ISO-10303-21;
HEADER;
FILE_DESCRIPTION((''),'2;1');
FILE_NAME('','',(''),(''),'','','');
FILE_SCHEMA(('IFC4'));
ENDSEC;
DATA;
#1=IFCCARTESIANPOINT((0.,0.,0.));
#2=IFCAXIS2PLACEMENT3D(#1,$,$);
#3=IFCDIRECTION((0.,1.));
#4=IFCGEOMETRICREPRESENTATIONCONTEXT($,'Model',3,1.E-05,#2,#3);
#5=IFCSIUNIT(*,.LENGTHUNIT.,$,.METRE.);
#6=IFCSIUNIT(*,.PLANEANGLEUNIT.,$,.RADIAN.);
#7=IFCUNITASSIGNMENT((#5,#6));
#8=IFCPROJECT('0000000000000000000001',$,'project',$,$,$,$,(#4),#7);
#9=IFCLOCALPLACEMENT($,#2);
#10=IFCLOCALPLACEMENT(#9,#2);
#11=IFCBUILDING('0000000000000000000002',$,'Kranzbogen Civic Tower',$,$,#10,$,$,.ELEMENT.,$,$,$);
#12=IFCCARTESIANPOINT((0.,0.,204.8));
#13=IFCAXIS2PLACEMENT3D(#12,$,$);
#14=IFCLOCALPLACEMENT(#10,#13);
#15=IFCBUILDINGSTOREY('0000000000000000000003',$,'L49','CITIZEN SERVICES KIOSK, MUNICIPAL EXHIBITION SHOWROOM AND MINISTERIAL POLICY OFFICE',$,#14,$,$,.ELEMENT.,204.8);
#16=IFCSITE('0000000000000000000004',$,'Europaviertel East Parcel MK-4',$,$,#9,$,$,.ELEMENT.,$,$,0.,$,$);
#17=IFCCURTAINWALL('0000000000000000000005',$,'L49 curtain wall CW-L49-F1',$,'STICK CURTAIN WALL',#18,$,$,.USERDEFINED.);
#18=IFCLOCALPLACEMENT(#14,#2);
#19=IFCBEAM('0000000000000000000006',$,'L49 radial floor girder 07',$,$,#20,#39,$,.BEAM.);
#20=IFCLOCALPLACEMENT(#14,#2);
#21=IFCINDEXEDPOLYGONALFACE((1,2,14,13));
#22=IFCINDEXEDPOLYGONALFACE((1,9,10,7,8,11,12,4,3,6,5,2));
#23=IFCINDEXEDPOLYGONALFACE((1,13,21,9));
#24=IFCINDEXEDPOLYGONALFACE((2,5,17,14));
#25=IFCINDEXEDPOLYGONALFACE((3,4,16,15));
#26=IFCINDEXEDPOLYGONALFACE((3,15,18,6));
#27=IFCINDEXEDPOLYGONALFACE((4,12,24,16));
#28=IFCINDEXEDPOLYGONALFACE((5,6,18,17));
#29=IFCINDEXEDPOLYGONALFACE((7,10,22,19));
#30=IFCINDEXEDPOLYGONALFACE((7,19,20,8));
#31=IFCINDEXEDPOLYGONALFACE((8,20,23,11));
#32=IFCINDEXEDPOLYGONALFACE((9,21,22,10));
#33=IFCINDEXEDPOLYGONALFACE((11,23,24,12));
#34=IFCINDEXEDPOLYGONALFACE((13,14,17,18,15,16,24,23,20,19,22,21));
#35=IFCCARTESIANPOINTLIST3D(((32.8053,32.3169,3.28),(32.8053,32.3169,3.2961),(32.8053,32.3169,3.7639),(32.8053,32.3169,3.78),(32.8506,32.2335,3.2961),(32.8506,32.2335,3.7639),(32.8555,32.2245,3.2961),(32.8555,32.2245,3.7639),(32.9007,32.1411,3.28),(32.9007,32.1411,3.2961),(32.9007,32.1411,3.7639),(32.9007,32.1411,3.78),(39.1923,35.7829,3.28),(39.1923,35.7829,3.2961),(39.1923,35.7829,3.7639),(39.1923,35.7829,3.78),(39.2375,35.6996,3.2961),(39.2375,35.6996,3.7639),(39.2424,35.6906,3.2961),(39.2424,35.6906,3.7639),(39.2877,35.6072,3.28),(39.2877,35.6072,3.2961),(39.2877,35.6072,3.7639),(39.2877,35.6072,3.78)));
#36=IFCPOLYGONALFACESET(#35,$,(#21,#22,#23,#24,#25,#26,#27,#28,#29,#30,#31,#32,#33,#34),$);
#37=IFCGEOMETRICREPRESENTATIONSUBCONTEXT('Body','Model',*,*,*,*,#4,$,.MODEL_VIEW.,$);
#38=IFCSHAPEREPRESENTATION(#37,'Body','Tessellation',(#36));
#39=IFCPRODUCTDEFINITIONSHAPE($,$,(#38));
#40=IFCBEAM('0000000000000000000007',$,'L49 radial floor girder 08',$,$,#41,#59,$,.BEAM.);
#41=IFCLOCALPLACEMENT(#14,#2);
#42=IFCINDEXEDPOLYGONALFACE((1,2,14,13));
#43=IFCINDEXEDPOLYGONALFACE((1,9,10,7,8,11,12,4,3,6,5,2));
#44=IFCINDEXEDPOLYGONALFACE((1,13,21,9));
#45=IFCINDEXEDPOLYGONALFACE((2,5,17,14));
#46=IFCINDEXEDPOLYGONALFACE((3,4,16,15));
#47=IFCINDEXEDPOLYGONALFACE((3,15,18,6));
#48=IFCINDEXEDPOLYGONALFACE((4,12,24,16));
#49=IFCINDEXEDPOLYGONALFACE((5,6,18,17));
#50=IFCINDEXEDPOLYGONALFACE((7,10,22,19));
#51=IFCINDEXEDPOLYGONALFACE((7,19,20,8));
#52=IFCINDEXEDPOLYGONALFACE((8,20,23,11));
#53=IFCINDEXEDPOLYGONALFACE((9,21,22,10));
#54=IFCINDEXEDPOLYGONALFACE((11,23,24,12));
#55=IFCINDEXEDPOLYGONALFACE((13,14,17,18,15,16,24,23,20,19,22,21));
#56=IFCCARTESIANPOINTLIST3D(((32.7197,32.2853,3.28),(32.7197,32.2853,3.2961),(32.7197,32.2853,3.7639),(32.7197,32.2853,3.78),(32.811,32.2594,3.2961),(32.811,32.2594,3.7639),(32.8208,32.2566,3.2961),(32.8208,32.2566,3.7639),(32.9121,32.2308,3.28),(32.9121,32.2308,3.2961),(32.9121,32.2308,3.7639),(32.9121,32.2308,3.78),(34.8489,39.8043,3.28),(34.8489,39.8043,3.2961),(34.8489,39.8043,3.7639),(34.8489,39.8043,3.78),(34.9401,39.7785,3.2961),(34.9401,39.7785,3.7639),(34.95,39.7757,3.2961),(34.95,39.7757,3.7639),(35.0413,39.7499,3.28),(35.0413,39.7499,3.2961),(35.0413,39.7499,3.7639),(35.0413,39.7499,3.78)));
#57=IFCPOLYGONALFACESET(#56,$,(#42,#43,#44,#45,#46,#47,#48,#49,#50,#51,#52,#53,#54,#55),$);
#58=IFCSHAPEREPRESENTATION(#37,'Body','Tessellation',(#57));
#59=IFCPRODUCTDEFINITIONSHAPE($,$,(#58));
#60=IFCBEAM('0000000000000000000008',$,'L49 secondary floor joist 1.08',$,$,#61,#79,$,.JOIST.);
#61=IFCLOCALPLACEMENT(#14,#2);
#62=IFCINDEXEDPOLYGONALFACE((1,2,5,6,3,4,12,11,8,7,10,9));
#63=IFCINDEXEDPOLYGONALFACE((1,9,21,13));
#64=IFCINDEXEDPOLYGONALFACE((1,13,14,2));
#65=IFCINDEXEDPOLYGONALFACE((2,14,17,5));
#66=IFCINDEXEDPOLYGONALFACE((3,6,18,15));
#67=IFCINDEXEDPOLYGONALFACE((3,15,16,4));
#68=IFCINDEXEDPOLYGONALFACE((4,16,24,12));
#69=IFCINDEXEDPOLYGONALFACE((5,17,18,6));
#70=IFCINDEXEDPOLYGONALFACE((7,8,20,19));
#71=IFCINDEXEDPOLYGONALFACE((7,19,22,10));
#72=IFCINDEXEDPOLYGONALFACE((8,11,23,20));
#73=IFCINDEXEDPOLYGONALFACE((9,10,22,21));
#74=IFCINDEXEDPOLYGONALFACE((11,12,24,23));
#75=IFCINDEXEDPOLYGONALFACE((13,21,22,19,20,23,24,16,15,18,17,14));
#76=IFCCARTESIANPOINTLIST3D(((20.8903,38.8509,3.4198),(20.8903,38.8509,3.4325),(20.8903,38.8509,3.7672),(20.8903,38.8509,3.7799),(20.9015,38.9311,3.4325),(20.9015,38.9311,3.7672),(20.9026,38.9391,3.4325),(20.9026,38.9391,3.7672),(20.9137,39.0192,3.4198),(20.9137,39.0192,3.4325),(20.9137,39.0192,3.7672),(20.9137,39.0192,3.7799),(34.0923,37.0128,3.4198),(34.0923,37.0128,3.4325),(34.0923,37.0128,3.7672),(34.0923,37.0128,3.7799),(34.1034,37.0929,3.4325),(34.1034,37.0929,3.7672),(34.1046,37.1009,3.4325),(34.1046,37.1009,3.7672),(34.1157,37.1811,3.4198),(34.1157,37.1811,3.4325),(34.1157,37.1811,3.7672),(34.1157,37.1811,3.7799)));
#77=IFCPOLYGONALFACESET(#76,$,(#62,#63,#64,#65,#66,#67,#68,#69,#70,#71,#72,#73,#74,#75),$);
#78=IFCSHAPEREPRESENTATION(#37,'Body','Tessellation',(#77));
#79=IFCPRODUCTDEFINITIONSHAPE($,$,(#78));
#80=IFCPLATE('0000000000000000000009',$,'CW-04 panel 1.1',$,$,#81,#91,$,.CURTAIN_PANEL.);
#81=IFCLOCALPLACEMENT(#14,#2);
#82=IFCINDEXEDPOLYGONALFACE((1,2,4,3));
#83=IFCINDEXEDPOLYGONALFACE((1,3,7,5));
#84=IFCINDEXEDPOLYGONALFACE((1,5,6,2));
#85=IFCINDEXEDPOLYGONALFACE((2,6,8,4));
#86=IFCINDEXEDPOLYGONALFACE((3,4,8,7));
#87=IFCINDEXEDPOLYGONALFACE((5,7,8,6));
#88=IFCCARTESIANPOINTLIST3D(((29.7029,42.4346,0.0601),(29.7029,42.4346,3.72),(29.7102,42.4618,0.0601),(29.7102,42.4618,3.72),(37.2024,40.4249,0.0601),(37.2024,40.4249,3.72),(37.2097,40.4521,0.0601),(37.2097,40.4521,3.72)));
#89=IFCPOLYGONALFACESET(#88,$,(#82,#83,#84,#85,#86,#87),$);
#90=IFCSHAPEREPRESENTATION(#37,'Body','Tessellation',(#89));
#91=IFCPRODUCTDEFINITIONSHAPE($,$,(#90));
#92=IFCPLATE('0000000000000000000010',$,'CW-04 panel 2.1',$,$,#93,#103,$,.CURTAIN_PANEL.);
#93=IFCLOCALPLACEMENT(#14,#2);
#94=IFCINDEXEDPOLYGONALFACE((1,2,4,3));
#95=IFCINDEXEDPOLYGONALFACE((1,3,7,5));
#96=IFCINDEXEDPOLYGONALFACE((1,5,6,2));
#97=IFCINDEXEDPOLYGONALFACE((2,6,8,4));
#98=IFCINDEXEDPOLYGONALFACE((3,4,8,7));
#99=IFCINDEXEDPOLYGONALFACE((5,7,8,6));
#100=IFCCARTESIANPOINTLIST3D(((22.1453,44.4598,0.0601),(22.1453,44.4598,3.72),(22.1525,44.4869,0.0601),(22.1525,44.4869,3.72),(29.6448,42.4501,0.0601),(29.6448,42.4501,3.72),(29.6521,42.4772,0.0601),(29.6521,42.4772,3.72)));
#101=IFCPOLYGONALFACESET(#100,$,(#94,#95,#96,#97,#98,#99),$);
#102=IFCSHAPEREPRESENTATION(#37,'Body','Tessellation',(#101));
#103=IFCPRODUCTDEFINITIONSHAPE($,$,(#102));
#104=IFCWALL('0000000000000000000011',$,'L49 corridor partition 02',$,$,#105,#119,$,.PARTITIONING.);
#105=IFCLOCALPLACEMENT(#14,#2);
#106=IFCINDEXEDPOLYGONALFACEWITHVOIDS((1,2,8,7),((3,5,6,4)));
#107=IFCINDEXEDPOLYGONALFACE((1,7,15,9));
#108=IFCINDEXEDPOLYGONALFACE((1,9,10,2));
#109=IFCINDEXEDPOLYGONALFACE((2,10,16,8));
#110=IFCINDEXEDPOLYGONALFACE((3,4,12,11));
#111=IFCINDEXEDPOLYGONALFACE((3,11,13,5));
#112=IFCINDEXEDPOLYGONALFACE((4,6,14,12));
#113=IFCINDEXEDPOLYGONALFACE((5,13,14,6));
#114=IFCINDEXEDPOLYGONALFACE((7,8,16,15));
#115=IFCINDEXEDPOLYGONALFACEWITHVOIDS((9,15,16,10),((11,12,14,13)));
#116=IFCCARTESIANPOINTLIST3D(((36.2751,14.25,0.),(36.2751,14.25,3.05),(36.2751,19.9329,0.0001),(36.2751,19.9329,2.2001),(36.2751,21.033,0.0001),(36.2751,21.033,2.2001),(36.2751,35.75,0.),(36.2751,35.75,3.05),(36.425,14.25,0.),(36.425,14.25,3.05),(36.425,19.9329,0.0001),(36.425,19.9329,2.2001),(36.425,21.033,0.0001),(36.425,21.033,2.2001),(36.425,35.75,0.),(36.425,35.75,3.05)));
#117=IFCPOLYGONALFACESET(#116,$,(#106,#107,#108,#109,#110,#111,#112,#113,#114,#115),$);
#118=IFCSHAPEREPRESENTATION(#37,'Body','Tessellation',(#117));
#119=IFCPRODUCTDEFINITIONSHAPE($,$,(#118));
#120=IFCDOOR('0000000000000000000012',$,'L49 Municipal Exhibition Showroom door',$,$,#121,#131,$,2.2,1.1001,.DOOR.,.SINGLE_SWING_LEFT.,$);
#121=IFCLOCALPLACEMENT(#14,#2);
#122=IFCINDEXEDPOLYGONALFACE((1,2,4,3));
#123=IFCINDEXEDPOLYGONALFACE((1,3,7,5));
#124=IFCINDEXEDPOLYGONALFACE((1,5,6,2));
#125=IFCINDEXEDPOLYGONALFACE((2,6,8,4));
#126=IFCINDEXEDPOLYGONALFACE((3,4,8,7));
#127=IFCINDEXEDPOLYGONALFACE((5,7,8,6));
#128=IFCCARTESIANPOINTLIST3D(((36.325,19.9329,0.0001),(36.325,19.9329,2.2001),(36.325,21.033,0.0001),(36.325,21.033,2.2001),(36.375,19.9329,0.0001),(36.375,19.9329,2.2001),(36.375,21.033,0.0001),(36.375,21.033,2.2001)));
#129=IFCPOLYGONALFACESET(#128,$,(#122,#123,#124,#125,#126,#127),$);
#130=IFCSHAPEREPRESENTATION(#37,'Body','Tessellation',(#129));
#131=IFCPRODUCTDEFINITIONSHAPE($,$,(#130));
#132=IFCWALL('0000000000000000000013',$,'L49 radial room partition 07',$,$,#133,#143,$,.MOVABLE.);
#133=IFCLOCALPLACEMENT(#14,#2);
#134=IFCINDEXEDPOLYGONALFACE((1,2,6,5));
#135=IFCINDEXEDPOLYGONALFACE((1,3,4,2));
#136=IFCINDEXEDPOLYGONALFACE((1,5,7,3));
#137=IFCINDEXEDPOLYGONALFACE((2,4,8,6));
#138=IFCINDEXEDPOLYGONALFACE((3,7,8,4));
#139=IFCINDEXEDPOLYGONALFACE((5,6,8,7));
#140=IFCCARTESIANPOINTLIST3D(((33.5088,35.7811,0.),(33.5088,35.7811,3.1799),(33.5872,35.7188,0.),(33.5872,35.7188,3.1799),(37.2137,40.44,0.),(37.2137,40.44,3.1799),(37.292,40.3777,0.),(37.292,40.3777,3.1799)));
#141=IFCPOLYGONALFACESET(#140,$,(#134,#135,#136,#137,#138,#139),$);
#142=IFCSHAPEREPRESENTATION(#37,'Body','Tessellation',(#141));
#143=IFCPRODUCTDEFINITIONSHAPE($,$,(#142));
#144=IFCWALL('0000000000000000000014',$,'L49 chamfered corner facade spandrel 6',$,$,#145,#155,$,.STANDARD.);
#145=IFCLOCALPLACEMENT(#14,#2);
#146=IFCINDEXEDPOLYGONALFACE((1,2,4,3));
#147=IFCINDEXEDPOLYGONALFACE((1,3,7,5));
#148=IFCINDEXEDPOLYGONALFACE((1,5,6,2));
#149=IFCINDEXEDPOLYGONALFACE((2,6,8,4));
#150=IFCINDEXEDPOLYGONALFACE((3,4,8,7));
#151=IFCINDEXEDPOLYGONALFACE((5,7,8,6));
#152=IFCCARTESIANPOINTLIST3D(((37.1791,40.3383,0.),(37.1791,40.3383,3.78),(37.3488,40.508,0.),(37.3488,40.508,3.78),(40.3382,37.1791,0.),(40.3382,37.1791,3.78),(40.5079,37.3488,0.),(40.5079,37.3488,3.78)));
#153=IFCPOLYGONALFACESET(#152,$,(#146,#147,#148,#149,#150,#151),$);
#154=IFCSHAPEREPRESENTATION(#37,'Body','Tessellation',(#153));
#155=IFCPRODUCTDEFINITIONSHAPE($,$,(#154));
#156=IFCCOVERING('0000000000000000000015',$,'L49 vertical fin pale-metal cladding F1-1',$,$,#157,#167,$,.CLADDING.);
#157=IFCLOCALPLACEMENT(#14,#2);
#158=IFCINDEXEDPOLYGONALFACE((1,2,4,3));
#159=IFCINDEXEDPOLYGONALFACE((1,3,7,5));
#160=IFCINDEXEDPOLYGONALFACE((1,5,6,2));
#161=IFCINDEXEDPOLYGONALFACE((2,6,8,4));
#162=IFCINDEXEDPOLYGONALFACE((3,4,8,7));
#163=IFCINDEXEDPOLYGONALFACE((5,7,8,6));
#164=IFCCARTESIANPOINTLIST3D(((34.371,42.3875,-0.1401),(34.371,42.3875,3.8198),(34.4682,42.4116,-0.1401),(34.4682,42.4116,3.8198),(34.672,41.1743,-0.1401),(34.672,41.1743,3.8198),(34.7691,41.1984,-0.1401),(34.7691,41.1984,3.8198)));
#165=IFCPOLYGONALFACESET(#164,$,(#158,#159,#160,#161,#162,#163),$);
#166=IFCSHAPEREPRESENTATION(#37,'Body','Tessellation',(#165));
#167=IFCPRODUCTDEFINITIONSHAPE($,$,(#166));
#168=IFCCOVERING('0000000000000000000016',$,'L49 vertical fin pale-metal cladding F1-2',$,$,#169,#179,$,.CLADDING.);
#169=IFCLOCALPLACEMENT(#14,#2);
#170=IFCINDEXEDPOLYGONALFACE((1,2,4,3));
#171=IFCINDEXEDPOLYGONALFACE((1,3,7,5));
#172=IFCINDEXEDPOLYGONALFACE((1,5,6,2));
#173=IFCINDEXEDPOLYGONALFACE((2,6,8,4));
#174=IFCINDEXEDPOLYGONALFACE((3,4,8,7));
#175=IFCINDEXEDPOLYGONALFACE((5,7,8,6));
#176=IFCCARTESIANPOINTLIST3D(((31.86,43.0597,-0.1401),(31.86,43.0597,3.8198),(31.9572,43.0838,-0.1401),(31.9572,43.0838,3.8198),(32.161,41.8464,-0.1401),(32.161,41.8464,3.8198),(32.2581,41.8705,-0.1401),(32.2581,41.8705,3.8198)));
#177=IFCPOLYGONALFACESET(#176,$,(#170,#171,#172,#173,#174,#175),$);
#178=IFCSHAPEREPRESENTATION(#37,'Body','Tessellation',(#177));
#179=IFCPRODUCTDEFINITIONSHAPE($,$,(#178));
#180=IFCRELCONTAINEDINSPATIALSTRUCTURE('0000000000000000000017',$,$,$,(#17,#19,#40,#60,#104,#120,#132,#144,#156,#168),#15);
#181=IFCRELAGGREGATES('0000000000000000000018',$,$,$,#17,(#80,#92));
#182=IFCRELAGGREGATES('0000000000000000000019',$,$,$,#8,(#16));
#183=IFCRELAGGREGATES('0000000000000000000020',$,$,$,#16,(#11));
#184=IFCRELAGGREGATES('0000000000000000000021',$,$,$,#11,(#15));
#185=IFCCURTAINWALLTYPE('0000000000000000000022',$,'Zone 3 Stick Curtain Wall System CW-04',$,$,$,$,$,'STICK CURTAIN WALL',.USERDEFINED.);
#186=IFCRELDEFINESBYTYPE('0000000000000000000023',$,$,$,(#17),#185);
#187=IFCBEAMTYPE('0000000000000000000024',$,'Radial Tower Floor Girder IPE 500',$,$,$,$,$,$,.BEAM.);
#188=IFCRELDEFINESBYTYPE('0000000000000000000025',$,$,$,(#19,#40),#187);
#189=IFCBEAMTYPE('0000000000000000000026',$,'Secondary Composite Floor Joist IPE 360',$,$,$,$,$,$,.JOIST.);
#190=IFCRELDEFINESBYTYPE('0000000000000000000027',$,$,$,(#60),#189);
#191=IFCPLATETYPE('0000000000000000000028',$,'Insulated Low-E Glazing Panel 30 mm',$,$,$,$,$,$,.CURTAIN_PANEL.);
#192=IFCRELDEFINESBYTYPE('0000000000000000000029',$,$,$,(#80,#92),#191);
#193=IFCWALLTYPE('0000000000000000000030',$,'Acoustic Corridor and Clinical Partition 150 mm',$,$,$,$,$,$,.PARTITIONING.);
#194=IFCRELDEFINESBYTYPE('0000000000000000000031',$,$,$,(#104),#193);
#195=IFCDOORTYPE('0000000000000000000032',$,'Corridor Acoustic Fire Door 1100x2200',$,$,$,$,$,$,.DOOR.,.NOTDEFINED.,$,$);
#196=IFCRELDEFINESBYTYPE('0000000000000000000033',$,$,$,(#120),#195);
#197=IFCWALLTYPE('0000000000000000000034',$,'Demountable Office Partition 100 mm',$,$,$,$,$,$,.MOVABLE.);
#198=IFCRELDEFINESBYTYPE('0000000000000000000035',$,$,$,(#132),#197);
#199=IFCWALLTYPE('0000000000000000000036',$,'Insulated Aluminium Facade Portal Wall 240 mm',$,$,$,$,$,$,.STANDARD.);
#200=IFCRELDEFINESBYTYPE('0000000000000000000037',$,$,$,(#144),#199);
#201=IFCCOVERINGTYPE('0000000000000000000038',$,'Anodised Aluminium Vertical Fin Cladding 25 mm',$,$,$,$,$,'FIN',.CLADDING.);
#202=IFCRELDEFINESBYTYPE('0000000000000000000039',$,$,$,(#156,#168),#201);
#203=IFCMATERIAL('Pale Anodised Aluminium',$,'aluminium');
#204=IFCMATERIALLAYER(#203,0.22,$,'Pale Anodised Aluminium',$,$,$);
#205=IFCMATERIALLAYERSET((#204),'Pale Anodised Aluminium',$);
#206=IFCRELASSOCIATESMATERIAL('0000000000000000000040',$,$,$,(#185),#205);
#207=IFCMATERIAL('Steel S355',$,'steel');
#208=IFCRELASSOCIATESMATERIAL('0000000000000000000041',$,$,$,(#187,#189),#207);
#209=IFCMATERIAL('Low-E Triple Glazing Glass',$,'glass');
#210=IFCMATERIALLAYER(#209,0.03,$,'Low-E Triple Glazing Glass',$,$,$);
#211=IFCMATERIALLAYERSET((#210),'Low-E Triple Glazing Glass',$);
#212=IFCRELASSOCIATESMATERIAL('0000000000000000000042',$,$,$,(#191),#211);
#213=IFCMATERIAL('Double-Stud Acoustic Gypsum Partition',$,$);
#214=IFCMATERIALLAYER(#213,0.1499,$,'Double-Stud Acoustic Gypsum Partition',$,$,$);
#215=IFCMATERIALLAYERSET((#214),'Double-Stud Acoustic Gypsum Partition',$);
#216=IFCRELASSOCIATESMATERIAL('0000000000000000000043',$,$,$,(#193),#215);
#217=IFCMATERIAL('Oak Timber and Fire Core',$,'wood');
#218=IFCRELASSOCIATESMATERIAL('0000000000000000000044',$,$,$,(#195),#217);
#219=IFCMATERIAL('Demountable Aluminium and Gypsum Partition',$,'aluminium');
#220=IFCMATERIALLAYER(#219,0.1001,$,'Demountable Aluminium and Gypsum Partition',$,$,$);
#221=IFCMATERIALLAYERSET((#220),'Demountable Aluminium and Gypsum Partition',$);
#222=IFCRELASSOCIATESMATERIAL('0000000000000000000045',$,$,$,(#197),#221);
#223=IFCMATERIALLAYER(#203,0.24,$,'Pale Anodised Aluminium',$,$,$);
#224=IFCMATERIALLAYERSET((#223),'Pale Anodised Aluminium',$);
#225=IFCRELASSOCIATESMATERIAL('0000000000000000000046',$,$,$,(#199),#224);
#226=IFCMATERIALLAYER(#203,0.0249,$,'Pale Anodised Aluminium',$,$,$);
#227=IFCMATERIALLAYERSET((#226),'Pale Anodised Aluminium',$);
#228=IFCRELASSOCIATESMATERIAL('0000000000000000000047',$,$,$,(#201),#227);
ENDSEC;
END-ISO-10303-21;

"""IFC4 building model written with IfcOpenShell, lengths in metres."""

from ifc_helpers import new_model, si_unit, direction, frame, frame_2d, origin, origin_2d, place, context, subcontext, project, spatial, rectangle, i_section, extrude, material, layer, layer_set, material_profile, profile_set, type_object, element, fill, aggregate, save


model = new_model("IFC4")

# Units and contexts
model_context = context("Model", 3, precision=1e-05, world=origin(), true_north=direction((0.0, 1.0)))
body_context = subcontext(model_context, "Body", "Model", "MODEL_VIEW")
ifc_project = project(units=[si_unit("LENGTHUNIT", "METRE"), si_unit("PLANEANGLEUNIT", "RADIAN")], contexts=[model_context])

# Site, building, storey
site_placement = place(None, origin())
site = spatial("IfcSite", under=ifc_project, at=site_placement, Name="Europaviertel East Parcel MK-4", CompositionType="ELEMENT", RefElevation=0.0)
building_placement = place(site_placement, origin())
building = spatial("IfcBuilding", under=site, at=building_placement, Name="Kranzbogen Civic Tower", CompositionType="ELEMENT")
storey_placement = place(building_placement, frame((0.0, 0.0, 204.8)))
storey = spatial("IfcBuildingStorey", under=building, at=storey_placement, Name="L49", Description="CITIZEN SERVICES KIOSK, MUNICIPAL EXHIBITION SHOWROOM AND MINISTERIAL POLICY OFFICE", CompositionType="ELEMENT", Elevation=204.8)

# Shared definitions
ifc_material_1 = material(Name="Steel S355", Category="steel")

# Curtain wall
ifc_material_2 = material(Name="Pale Anodised Aluminium", Category="aluminium")
ifc_layer_1 = layer(ifc_material_2, 0.22, Name="Pale Anodised Aluminium")
ifc_layer_set_1 = layer_set([ifc_layer_1], Name="Pale Anodised Aluminium")
curtain_wall_type = type_object("IfcCurtainWallType", Name="Zone 3 Stick Curtain Wall System CW-04", ElementType="STICK CURTAIN WALL", PredefinedType="USERDEFINED", material=ifc_layer_set_1)
curtain_wall_1_placement = place(storey_placement, origin())
curtain_wall_1 = element("IfcCurtainWall", 1, at=curtain_wall_1_placement, inside=storey, type_object=curtain_wall_type, Name="L49 curtain wall CW-L49-F1", ObjectType="STICK CURTAIN WALL", PredefinedType="USERDEFINED")

# Beams
ifc_material_profile_1 = material_profile(ifc_material_1, i_section(OverallWidth=0.2, OverallDepth=0.5, WebThickness=0.0103, FlangeThickness=0.0161, at=origin_2d()), Name="IPE 500")
ifc_profile_set_1 = profile_set([ifc_material_profile_1], Name="Steel S355")
beam_type_1 = type_object("IfcBeamType", Name="Radial Tower Floor Girder IPE 500", PredefinedType="BEAM", material=ifc_profile_set_1)
beam_1_placement = place(storey_placement, frame((39.24, 35.6951, 3.53), z_axis=(-0.878919, -0.47697, 0.0), x_axis=(0.47697, -0.878919, 0.0)))
element("IfcBeam", 2, at=beam_1_placement, inside=storey, type_object=beam_type_1, Name="L49 radial floor girder 07", PredefinedType="BEAM", context=body_context, shape_type="SweptSolid", body=[
    extrude(i_section(OverallWidth=0.2, OverallDepth=0.5, WebThickness=0.0103, FlangeThickness=0.0161, at=origin_2d()), origin(), (0.0, 0.0, 1.0), 7.2668),
])
beam_2_placement = place(storey_placement, frame((34.9451, 39.7771, 3.53), z_axis=(-0.272455, -0.962169, 0.0), x_axis=(0.962169, -0.272455, 0.0)))
element("IfcBeam", 3, at=beam_2_placement, inside=storey, type_object=beam_type_1, Name="L49 radial floor girder 08", PredefinedType="BEAM", context=body_context, shape_type="SweptSolid", body=[
    extrude(i_section(OverallWidth=0.2, OverallDepth=0.5, WebThickness=0.0103, FlangeThickness=0.0161, at=origin_2d()), origin(), (0.0, 0.0, 1.0), 7.8147),
])
ifc_material_profile_2 = material_profile(ifc_material_1, i_section(OverallWidth=0.1699, OverallDepth=0.3601, WebThickness=0.0081, FlangeThickness=0.0127, at=origin_2d()), Name="IPE 360")
ifc_profile_set_2 = profile_set([ifc_material_profile_2], Name="Steel S355")
beam_type_2 = type_object("IfcBeamType", Name="Secondary Composite Floor Joist IPE 360", PredefinedType="JOIST", material=ifc_profile_set_2)
beam_3_placement = place(storey_placement, frame((34.104, 37.0969, 3.5999), z_axis=(-0.990446, 0.137902, 0.0), x_axis=(-0.137902, -0.990446, 0.0)))
element("IfcBeam", 4, at=beam_3_placement, inside=storey, type_object=beam_type_2, Name="L49 secondary floor joist 1.08", PredefinedType="JOIST", context=body_context, shape_type="SweptSolid", body=[
    extrude(i_section(OverallWidth=0.1699, OverallDepth=0.3601, WebThickness=0.0081, FlangeThickness=0.0127, at=origin_2d()), origin(), (0.0, 0.0, 1.0), 13.3293),
])

# Plates
ifc_material_3 = material(Name="Low-E Triple Glazing Glass", Category="glass")
ifc_layer_2 = layer(ifc_material_3, 0.03, Name="Low-E Triple Glazing Glass")
ifc_layer_set_2 = layer_set([ifc_layer_2], Name="Low-E Triple Glazing Glass")
plate_type = type_object("IfcPlateType", Name="Insulated Low-E Glazing Panel 30 mm", PredefinedType="CURTAIN_PANEL", material=ifc_layer_set_2)
plate_1_placement = place(storey_placement, frame((33.4563, 41.4434, 0.0601), z_axis=(0.0, 0.0, 1.0), x_axis=(-0.965919, 0.258843, 0.0)))
plate_1 = element("IfcPlate", 5, at=plate_1_placement, type_object=plate_type, Name="CW-04 panel 1.1", PredefinedType="CURTAIN_PANEL", context=body_context, shape_type="SweptSolid", body=[
    extrude(rectangle(XDim=7.7642, YDim=0.0281, at=origin_2d()), origin(), (0.0, 0.0, 1.0), 3.6599),
])
plate_2_placement = place(storey_placement, frame((25.8987, 43.4685, 0.0601), z_axis=(0.0, 0.0, 1.0), x_axis=(-0.965919, 0.258843, 0.0)))
plate_2 = element("IfcPlate", 6, at=plate_2_placement, type_object=plate_type, Name="CW-04 panel 2.1", PredefinedType="CURTAIN_PANEL", context=body_context, shape_type="SweptSolid", body=[
    extrude(rectangle(XDim=7.7642, YDim=0.0281, at=origin_2d()), origin(), (0.0, 0.0, 1.0), 3.6599),
])
aggregate(curtain_wall_1, [plate_1, plate_2])

# Wall, opening, door
ifc_material_4 = material(Name="Double-Stud Acoustic Gypsum Partition")
ifc_layer_3 = layer(ifc_material_4, 0.1499, Name="Double-Stud Acoustic Gypsum Partition")
ifc_layer_set_3 = layer_set([ifc_layer_3], Name="Double-Stud Acoustic Gypsum Partition")
wall_type_1 = type_object("IfcWallType", Name="Acoustic Corridor and Clinical Partition 150 mm", PredefinedType="PARTITIONING", material=ifc_layer_set_3)
wall_1_placement = place(storey_placement, frame((36.3501, 35.75, 0.0), z_axis=(0.0, 0.0, 1.0), x_axis=(0.0, -1.0, 0.0)))
wall_1 = element("IfcWall", 7, at=wall_1_placement, inside=storey, type_object=wall_type_1, Name="L49 corridor partition 02", PredefinedType="PARTITIONING", context=body_context, shape_type="SweptSolid", body=[
    extrude(rectangle(XDim=21.5, YDim=0.1499, at=frame_2d((10.75, 0.0))), origin(), (0.0, 0.0, 1.0), 3.05),
])
opening_placement = place(wall_1_placement, frame((14.717, 0.0, 0.0)))
opening = element("IfcOpeningElement", 8, at=opening_placement, cuts=wall_1, PredefinedType="OPENING", context=body_context, shape_type="SweptSolid", body=[
    extrude(rectangle(XDim=1.1001, YDim=2.2, at=frame_2d((0.55, 1.1001))), frame((0.0, 0.085, 0.0), z_axis=(0.0, -1.0, 0.0), x_axis=(1.0, 0.0, 0.0)), (0.0, 0.0, 1.0), 0.1699),
])
ifc_material_5 = material(Name="Oak Timber and Fire Core", Category="wood")
door_type = type_object("IfcDoorType", Name="Corridor Acoustic Fire Door 1100x2200", OperationType="NOTDEFINED", PredefinedType="DOOR", material=ifc_material_5)
door_placement = place(opening_placement, origin())
door = element("IfcDoor", 9, at=door_placement, inside=storey, type_object=door_type, Name="L49 Municipal Exhibition Showroom door", OperationType="SINGLE_SWING_LEFT", OverallHeight=2.2, OverallWidth=1.1001, PredefinedType="DOOR", context=body_context, shape_type="SweptSolid", body=[
    extrude(rectangle(XDim=1.1001, YDim=2.2, at=frame_2d((0.55, 1.1001))), frame((0.0, 0.0249, 0.0), z_axis=(0.0, -1.0, 0.0), x_axis=(1.0, 0.0, 0.0)), (0.0, 0.0, 1.0), 0.05),
])
fill(opening, door)

# Walls
ifc_material_6 = material(Name="Demountable Aluminium and Gypsum Partition", Category="aluminium")
ifc_layer_4 = layer(ifc_material_6, 0.1001, Name="Demountable Aluminium and Gypsum Partition")
ifc_layer_set_4 = layer_set([ifc_layer_4], Name="Demountable Aluminium and Gypsum Partition")
wall_type_2 = type_object("IfcWallType", Name="Demountable Office Partition 100 mm", PredefinedType="MOVABLE", material=ifc_layer_set_4)
wall_2_placement = place(storey_placement, frame((33.5481, 35.75, 0.0), z_axis=(0.0, 0.0, 1.0), x_axis=(0.622407, 0.782694, 0.0)))
element("IfcWall", 10, at=wall_2_placement, inside=storey, type_object=wall_type_2, Name="L49 radial room partition 07", PredefinedType="MOVABLE", context=body_context, shape_type="SweptSolid", body=[
    extrude(rectangle(XDim=5.9524, YDim=0.1001, at=frame_2d((2.9761, 0.0))), origin(), (0.0, 0.0, 1.0), 3.1799),
])
ifc_layer_5 = layer(ifc_material_2, 0.24, Name="Pale Anodised Aluminium")
ifc_layer_set_5 = layer_set([ifc_layer_5], Name="Pale Anodised Aluminium")
wall_type_3 = type_object("IfcWallType", Name="Insulated Aluminium Facade Portal Wall 240 mm", PredefinedType="STANDARD", material=ifc_layer_set_5)
wall_3_placement = place(storey_placement, frame((40.4231, 37.2639, 0.0), z_axis=(0.0, 0.0, 1.0), x_axis=(-0.707107, 0.707107, 0.0)))
element("IfcWall", 11, at=wall_3_placement, inside=storey, type_object=wall_type_3, Name="L49 chamfered corner facade spandrel 6", PredefinedType="STANDARD", context=body_context, shape_type="SweptSolid", body=[
    extrude(rectangle(XDim=4.4678, YDim=0.24, at=frame_2d((2.2339, 0.0))), origin(), (0.0, 0.0, 1.0), 3.78),
])

# Coverings
ifc_layer_6 = layer(ifc_material_2, 0.0249, Name="Pale Anodised Aluminium")
ifc_layer_set_6 = layer_set([ifc_layer_6], Name="Pale Anodised Aluminium")
covering_type = type_object("IfcCoveringType", Name="Anodised Aluminium Vertical Fin Cladding 25 mm", ElementType="FIN", PredefinedType="CLADDING", material=ifc_layer_set_6)
for number, where, z_axis, x_axis, name in (
    (12, (34.5701, 41.793, -0.1401), (0.0, 0.0, 1.0), (-0.24077, 0.970582, 0.0), "L49 vertical fin pale-metal cladding F1-1"),
    (13, (32.0591, 42.4651, -0.1401), (0.0, 0.0, 1.0), (-0.24077, 0.970582, 0.0), "L49 vertical fin pale-metal cladding F1-2"),
):
    element("IfcCovering", number, at=place(storey_placement, frame(where, z_axis=z_axis, x_axis=x_axis)), inside=storey, type_object=covering_type, Name=name, PredefinedType="CLADDING", context=body_context, shape_type="SweptSolid", body=[
        extrude(rectangle(XDim=1.25, YDim=0.1001, at=origin_2d()), origin(), (0.0, 0.0, 1.0), 3.96),
    ])

save(model, "model.ifc")
